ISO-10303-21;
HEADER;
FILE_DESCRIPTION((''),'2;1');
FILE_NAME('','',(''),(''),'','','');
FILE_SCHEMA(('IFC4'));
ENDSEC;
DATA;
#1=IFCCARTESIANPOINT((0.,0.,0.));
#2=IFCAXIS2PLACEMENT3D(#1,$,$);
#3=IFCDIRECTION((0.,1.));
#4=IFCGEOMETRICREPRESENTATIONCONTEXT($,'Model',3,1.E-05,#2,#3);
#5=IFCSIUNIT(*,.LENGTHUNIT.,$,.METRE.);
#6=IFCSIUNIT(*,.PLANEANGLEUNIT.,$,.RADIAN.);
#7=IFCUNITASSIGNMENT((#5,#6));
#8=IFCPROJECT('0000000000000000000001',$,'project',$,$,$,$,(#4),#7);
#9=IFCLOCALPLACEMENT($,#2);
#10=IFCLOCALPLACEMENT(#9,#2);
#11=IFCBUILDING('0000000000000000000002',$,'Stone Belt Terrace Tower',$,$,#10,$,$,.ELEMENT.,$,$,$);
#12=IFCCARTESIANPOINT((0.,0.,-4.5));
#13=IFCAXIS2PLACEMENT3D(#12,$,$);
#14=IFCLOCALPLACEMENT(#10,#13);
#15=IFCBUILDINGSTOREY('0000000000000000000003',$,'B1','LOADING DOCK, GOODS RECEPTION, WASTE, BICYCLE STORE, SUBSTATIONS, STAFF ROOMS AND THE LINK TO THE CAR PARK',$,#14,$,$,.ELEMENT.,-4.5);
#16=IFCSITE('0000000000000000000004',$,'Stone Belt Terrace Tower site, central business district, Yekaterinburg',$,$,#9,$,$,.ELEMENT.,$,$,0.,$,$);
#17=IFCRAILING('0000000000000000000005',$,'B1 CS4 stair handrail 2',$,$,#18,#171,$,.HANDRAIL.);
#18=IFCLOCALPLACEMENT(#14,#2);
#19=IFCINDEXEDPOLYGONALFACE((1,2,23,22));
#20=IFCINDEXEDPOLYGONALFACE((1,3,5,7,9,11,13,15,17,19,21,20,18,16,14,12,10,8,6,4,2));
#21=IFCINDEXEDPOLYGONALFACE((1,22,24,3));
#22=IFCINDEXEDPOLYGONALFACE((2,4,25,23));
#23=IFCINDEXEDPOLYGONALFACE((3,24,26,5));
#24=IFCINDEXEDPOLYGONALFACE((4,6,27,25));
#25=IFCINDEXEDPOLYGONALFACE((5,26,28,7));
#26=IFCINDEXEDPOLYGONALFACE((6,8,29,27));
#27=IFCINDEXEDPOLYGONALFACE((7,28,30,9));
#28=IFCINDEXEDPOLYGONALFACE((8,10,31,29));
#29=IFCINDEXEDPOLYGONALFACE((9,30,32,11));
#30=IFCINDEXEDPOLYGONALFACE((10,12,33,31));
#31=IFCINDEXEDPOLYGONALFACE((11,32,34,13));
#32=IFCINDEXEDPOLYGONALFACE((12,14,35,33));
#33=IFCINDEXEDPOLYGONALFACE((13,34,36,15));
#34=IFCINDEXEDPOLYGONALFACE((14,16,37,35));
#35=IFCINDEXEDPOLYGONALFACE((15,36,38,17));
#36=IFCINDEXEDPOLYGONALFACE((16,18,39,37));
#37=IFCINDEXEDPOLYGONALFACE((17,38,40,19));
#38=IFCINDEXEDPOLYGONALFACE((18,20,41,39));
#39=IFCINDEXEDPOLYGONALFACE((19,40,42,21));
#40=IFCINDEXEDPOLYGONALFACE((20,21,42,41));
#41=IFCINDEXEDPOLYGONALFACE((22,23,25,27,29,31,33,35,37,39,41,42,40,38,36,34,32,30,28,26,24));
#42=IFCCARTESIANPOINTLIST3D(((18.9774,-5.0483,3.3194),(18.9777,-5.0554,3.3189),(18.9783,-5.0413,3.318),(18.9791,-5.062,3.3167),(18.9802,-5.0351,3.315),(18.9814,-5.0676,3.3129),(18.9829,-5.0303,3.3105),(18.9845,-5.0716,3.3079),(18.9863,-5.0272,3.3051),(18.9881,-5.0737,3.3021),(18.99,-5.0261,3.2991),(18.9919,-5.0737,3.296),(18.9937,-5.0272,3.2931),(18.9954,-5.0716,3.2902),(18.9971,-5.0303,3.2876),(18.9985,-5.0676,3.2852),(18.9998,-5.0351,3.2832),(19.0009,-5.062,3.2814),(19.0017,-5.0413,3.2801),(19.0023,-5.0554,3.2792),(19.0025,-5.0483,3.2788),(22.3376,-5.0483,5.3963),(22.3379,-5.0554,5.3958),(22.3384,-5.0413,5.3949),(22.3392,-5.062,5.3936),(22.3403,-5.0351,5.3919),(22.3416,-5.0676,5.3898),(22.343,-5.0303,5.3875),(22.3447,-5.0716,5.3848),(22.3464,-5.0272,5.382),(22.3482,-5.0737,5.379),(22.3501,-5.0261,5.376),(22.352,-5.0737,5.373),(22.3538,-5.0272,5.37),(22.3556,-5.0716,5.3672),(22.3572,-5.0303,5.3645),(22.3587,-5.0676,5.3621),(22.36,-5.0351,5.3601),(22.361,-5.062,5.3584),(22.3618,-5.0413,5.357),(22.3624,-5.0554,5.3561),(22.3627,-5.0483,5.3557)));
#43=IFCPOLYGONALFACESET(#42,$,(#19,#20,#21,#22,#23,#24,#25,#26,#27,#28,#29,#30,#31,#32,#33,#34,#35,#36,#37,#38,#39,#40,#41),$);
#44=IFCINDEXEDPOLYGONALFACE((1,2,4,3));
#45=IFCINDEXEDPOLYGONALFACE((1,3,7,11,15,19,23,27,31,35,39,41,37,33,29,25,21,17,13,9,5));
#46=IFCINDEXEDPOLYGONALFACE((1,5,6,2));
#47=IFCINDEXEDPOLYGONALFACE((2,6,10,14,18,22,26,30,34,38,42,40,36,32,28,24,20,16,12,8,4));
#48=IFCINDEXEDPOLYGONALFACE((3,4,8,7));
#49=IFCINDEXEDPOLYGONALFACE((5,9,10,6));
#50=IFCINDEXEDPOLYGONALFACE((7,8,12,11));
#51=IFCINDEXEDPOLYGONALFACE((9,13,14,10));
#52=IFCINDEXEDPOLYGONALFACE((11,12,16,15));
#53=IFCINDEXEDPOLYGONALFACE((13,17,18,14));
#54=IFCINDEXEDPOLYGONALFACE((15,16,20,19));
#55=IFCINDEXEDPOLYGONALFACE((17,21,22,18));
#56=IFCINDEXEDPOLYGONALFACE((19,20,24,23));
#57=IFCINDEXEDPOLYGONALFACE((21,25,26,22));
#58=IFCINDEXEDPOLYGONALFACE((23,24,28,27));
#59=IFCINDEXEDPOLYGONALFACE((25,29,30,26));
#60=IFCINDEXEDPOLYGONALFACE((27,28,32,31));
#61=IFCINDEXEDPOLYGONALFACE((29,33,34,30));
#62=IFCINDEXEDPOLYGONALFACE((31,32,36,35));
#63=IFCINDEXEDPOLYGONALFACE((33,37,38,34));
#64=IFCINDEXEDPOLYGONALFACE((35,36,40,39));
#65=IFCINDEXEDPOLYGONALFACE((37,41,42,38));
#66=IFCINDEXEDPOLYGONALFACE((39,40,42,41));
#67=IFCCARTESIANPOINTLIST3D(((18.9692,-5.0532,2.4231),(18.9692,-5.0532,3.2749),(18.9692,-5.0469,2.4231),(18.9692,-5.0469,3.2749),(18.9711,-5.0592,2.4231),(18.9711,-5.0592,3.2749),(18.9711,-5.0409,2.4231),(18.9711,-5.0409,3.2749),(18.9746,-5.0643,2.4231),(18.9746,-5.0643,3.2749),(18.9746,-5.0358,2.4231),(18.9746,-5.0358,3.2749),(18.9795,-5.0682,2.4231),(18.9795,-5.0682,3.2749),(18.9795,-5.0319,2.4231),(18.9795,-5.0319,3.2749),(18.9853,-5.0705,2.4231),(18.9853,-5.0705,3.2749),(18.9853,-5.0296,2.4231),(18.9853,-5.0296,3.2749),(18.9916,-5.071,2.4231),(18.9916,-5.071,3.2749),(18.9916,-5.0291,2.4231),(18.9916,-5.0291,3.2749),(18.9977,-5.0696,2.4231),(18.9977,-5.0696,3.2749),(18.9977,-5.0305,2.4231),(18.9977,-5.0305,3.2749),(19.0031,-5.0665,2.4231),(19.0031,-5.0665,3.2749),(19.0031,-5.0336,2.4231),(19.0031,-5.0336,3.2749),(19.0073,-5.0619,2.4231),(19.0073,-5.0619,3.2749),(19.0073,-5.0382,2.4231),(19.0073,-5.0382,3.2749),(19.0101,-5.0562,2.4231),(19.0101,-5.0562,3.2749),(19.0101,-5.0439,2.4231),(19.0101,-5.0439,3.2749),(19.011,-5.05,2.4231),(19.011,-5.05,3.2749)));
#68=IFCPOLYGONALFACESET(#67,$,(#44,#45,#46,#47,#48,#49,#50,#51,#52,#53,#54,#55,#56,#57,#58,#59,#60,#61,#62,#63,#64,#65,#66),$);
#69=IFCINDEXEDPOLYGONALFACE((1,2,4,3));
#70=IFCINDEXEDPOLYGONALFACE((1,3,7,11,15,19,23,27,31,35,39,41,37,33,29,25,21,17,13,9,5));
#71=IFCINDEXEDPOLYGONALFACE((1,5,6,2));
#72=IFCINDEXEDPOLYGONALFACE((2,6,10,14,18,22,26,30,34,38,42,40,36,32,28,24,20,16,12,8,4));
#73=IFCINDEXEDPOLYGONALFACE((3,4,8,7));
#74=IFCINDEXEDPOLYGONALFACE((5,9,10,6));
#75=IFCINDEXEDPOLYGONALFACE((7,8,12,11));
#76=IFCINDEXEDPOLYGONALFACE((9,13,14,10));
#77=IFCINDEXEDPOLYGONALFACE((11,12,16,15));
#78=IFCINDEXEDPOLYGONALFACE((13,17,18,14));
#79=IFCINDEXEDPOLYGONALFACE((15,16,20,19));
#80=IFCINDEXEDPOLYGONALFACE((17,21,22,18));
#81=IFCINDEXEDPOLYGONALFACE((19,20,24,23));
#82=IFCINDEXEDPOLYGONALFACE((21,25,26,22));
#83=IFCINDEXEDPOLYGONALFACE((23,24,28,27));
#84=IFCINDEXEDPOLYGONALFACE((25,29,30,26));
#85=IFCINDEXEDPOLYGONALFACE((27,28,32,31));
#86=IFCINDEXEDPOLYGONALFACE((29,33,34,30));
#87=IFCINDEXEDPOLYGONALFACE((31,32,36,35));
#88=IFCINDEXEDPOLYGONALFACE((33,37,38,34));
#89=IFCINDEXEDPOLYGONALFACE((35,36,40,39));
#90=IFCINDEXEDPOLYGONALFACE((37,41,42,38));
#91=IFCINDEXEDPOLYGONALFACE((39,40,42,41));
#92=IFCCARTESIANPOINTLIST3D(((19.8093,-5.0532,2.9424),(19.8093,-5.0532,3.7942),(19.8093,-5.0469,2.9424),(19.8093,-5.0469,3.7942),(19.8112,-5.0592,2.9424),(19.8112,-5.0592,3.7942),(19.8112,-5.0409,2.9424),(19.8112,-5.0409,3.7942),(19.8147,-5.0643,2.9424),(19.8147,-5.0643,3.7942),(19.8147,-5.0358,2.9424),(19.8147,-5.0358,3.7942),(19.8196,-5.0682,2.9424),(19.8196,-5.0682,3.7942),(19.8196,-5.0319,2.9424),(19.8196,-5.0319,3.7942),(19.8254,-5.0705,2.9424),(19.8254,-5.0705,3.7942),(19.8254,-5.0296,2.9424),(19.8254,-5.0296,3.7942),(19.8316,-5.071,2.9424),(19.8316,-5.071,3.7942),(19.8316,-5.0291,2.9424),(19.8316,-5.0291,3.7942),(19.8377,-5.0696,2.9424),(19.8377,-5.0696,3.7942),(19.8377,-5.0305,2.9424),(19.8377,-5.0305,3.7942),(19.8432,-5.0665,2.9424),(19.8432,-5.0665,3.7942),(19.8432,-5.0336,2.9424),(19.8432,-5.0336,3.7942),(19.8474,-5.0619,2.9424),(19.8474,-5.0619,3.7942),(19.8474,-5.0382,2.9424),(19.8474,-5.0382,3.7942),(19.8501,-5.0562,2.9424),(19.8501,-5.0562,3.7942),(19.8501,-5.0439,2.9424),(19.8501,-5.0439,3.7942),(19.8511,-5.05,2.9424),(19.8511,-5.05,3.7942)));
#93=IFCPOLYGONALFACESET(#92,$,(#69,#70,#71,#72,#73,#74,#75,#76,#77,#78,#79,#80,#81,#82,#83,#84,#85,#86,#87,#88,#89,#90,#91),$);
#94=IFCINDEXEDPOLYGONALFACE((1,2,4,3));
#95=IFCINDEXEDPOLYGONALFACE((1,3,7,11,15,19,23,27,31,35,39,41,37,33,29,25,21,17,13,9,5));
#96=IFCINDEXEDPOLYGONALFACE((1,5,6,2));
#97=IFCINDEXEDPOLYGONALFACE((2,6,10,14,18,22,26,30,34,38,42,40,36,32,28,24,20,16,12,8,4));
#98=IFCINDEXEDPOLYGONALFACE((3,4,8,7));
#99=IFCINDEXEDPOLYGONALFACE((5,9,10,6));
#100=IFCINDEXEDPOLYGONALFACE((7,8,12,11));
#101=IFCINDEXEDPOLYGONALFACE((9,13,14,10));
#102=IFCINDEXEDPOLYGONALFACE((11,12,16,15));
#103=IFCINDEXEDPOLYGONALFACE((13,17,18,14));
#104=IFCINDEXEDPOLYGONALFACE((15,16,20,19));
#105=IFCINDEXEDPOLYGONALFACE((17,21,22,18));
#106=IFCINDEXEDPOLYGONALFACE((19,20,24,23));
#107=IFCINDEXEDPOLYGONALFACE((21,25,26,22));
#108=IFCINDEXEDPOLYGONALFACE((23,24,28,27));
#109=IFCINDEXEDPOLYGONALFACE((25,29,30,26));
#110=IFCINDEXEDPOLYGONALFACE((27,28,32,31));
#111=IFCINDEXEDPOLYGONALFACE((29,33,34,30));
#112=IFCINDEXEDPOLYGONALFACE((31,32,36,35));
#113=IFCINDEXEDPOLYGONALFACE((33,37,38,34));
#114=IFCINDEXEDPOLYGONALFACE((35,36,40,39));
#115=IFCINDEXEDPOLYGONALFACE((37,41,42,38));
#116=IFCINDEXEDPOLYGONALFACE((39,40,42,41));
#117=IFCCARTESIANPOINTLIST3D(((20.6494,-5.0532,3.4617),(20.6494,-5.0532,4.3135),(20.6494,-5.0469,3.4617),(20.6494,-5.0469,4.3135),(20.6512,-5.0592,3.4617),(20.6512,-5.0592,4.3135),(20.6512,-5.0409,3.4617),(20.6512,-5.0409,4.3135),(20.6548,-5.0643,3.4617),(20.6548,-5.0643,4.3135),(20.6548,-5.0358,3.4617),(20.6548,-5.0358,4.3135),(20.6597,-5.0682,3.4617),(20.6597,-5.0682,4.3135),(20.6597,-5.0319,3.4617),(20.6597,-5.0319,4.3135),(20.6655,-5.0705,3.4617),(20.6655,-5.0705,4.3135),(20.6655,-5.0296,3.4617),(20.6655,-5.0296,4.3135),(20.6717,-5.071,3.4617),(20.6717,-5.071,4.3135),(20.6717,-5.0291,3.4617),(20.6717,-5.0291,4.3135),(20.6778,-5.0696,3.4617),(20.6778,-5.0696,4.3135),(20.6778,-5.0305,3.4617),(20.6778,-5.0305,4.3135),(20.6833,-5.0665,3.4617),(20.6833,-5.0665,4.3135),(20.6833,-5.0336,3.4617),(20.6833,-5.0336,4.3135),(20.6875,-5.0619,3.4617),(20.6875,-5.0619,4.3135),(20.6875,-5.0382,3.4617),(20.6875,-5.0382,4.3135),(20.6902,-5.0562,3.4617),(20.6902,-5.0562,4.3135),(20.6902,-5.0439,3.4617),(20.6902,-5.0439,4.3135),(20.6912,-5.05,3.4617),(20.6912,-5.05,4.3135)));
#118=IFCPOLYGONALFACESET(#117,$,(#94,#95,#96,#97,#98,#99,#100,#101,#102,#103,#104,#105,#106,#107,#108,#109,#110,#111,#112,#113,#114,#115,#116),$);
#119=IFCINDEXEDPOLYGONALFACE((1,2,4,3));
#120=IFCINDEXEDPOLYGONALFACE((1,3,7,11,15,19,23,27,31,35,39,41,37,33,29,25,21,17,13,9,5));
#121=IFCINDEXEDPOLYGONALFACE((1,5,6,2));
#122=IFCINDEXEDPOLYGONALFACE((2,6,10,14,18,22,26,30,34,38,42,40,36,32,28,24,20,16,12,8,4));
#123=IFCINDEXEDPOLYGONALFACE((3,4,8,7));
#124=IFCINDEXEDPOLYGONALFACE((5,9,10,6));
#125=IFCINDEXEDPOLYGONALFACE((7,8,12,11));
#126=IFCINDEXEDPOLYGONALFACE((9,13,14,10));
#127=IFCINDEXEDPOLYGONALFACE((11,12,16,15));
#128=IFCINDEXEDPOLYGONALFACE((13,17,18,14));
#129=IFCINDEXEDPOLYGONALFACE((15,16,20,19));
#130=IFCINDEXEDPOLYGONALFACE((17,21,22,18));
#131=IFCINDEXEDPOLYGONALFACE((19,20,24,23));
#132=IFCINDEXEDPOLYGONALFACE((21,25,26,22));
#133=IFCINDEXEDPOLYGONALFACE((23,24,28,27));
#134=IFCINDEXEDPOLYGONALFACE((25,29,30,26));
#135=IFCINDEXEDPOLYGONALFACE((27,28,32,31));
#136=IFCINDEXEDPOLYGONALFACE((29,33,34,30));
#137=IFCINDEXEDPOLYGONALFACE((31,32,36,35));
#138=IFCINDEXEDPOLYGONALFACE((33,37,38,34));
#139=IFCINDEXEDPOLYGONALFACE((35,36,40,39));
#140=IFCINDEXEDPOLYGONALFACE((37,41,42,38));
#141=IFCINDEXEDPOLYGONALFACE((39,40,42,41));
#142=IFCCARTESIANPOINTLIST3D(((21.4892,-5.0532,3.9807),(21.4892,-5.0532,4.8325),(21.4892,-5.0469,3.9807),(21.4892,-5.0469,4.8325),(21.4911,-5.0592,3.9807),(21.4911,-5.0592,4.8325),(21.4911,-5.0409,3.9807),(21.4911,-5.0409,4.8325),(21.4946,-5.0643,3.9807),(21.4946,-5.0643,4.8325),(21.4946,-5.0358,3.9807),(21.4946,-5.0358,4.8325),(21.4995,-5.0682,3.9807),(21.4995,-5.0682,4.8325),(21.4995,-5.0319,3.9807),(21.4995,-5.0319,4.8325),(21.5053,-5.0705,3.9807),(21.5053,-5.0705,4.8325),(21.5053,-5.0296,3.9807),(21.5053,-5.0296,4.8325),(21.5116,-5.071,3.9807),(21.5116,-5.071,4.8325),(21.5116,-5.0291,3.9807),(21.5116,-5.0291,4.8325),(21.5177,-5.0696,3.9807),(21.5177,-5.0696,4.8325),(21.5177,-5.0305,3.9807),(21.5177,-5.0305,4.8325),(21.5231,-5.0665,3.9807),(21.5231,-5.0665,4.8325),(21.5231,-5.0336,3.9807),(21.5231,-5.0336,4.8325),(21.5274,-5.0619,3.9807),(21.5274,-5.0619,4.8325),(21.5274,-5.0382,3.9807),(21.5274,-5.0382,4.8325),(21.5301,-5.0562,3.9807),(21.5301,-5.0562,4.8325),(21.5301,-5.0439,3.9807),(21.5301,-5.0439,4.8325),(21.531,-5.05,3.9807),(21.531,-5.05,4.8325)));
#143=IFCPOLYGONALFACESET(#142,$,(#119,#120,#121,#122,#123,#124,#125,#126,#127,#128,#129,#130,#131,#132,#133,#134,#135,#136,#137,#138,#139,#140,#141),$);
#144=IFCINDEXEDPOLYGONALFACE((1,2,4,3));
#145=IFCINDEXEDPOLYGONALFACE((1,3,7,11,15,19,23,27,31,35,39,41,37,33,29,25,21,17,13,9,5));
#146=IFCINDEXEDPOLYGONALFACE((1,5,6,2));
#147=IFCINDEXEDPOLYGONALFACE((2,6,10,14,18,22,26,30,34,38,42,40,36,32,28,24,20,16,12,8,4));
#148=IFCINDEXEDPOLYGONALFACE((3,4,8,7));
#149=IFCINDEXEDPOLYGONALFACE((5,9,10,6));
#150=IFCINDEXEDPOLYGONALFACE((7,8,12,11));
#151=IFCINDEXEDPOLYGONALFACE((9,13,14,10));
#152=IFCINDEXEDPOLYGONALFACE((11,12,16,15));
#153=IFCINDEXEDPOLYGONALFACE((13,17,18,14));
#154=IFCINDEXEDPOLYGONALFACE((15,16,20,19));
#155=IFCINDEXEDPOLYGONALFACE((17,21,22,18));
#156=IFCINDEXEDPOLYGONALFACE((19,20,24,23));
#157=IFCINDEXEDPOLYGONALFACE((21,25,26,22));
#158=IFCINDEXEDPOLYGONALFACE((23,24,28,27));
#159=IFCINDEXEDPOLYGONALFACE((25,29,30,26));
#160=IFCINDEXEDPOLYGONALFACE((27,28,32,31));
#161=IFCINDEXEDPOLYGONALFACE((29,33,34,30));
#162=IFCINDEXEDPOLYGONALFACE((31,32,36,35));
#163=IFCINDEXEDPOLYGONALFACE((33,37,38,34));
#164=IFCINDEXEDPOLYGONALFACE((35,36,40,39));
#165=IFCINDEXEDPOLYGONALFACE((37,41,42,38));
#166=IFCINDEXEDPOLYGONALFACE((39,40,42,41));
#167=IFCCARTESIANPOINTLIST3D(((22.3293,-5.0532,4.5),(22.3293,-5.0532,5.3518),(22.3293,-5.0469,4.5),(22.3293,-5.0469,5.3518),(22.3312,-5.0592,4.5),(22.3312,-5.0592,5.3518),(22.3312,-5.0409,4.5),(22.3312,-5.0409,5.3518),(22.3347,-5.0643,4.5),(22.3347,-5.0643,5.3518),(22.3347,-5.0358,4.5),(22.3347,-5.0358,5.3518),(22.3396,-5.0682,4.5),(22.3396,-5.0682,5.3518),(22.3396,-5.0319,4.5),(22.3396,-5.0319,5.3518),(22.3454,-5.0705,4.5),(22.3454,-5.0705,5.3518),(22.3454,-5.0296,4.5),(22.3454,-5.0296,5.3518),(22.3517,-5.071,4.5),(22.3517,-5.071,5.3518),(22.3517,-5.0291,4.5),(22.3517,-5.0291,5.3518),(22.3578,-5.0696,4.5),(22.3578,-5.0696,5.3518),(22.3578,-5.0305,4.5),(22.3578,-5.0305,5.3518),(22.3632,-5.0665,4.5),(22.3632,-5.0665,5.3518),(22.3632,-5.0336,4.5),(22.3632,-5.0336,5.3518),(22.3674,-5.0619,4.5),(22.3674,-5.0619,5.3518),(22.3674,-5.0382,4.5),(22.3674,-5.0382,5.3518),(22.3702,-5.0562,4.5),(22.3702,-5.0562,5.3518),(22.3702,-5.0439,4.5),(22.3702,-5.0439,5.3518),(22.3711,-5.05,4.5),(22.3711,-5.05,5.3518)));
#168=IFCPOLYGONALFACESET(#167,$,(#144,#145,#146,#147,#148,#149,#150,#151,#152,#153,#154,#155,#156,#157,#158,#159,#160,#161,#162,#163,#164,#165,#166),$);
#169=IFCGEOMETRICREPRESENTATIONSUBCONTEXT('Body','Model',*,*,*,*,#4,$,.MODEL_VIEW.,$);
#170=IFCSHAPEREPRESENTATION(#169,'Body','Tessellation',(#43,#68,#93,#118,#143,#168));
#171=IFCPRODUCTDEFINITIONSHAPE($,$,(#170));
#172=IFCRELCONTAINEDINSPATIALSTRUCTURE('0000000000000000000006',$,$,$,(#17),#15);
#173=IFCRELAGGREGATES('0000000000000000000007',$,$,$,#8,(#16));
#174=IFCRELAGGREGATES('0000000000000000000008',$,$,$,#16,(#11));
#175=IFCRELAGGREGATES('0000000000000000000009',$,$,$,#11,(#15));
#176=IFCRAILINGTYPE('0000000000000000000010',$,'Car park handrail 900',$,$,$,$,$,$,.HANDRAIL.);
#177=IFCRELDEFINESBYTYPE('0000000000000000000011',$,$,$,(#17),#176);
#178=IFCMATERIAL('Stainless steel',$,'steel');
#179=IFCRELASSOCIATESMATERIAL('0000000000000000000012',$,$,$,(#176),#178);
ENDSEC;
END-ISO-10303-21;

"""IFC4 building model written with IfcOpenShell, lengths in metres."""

from ifc_helpers import new_model, si_unit, direction, frame, origin, origin_2d, place, context, subcontext, project, spatial, circle, extrude, material, type_object, element, save


model = new_model("IFC4")

# Units and contexts
model_context = context("Model", 3, precision=1e-05, world=origin(), true_north=direction((0.0, 1.0)))
body_context = subcontext(model_context, "Body", "Model", "MODEL_VIEW")
ifc_project = project(units=[si_unit("LENGTHUNIT", "METRE"), si_unit("PLANEANGLEUNIT", "RADIAN")], contexts=[model_context])

# Site, building, storey
site_placement = place(None, origin())
site = spatial("IfcSite", under=ifc_project, at=site_placement, Name="Stone Belt Terrace Tower site, central business district, Yekaterinburg", CompositionType="ELEMENT", RefElevation=0.0)
building_placement = place(site_placement, origin())
building = spatial("IfcBuilding", under=site, at=building_placement, Name="Stone Belt Terrace Tower", CompositionType="ELEMENT")
storey_placement = place(building_placement, frame((0.0, 0.0, -4.5)))
storey = spatial("IfcBuildingStorey", under=building, at=storey_placement, Name="B1", Description="LOADING DOCK, GOODS RECEPTION, WASTE, BICYCLE STORE, SUBSTATIONS, STAFF ROOMS AND THE LINK TO THE CAR PARK", CompositionType="ELEMENT", Elevation=-4.5)

# Railing
ifc_material_1 = material(Name="Stainless steel", Category="steel")
railing_type_1 = type_object("IfcRailingType", Name="Car park handrail 900", PredefinedType="HANDRAIL", material=ifc_material_1)
railing_1_placement = place(storey_placement, frame((18.99, -5.05, 2.4231)))
element("IfcRailing", 1, at=railing_1_placement, inside=storey, type_object=railing_type_1, Name="B1 CS4 stair handrail 2", PredefinedType="HANDRAIL", context=body_context, shape_type="SweptSolid", body=[
    extrude(circle(Radius=0.0239, at=origin_2d()), frame((0.0, 0.0, 0.876), z_axis=(0.850623, 0.0, 0.525776), x_axis=(0.0, 1.0, 0.0)), (0.0, 0.0, 1.0), 3.9502),
    extrude(circle(Radius=0.021, at=origin_2d()), origin(), (0.0, 0.0, 1.0), 0.8518),
    extrude(circle(Radius=0.021, at=origin_2d()), frame((0.8401, 0.0, 0.5193)), (0.0, 0.0, 1.0), 0.8518),
    extrude(circle(Radius=0.021, at=origin_2d()), frame((1.6802, 0.0, 1.0386)), (0.0, 0.0, 1.0), 0.8518),
    extrude(circle(Radius=0.021, at=origin_2d()), frame((2.52, 0.0, 1.5576)), (0.0, 0.0, 1.0), 0.8518),
    extrude(circle(Radius=0.021, at=origin_2d()), frame((3.3601, 0.0, 2.0769)), (0.0, 0.0, 1.0), 0.8518),
])

save(model, "model.ifc")
